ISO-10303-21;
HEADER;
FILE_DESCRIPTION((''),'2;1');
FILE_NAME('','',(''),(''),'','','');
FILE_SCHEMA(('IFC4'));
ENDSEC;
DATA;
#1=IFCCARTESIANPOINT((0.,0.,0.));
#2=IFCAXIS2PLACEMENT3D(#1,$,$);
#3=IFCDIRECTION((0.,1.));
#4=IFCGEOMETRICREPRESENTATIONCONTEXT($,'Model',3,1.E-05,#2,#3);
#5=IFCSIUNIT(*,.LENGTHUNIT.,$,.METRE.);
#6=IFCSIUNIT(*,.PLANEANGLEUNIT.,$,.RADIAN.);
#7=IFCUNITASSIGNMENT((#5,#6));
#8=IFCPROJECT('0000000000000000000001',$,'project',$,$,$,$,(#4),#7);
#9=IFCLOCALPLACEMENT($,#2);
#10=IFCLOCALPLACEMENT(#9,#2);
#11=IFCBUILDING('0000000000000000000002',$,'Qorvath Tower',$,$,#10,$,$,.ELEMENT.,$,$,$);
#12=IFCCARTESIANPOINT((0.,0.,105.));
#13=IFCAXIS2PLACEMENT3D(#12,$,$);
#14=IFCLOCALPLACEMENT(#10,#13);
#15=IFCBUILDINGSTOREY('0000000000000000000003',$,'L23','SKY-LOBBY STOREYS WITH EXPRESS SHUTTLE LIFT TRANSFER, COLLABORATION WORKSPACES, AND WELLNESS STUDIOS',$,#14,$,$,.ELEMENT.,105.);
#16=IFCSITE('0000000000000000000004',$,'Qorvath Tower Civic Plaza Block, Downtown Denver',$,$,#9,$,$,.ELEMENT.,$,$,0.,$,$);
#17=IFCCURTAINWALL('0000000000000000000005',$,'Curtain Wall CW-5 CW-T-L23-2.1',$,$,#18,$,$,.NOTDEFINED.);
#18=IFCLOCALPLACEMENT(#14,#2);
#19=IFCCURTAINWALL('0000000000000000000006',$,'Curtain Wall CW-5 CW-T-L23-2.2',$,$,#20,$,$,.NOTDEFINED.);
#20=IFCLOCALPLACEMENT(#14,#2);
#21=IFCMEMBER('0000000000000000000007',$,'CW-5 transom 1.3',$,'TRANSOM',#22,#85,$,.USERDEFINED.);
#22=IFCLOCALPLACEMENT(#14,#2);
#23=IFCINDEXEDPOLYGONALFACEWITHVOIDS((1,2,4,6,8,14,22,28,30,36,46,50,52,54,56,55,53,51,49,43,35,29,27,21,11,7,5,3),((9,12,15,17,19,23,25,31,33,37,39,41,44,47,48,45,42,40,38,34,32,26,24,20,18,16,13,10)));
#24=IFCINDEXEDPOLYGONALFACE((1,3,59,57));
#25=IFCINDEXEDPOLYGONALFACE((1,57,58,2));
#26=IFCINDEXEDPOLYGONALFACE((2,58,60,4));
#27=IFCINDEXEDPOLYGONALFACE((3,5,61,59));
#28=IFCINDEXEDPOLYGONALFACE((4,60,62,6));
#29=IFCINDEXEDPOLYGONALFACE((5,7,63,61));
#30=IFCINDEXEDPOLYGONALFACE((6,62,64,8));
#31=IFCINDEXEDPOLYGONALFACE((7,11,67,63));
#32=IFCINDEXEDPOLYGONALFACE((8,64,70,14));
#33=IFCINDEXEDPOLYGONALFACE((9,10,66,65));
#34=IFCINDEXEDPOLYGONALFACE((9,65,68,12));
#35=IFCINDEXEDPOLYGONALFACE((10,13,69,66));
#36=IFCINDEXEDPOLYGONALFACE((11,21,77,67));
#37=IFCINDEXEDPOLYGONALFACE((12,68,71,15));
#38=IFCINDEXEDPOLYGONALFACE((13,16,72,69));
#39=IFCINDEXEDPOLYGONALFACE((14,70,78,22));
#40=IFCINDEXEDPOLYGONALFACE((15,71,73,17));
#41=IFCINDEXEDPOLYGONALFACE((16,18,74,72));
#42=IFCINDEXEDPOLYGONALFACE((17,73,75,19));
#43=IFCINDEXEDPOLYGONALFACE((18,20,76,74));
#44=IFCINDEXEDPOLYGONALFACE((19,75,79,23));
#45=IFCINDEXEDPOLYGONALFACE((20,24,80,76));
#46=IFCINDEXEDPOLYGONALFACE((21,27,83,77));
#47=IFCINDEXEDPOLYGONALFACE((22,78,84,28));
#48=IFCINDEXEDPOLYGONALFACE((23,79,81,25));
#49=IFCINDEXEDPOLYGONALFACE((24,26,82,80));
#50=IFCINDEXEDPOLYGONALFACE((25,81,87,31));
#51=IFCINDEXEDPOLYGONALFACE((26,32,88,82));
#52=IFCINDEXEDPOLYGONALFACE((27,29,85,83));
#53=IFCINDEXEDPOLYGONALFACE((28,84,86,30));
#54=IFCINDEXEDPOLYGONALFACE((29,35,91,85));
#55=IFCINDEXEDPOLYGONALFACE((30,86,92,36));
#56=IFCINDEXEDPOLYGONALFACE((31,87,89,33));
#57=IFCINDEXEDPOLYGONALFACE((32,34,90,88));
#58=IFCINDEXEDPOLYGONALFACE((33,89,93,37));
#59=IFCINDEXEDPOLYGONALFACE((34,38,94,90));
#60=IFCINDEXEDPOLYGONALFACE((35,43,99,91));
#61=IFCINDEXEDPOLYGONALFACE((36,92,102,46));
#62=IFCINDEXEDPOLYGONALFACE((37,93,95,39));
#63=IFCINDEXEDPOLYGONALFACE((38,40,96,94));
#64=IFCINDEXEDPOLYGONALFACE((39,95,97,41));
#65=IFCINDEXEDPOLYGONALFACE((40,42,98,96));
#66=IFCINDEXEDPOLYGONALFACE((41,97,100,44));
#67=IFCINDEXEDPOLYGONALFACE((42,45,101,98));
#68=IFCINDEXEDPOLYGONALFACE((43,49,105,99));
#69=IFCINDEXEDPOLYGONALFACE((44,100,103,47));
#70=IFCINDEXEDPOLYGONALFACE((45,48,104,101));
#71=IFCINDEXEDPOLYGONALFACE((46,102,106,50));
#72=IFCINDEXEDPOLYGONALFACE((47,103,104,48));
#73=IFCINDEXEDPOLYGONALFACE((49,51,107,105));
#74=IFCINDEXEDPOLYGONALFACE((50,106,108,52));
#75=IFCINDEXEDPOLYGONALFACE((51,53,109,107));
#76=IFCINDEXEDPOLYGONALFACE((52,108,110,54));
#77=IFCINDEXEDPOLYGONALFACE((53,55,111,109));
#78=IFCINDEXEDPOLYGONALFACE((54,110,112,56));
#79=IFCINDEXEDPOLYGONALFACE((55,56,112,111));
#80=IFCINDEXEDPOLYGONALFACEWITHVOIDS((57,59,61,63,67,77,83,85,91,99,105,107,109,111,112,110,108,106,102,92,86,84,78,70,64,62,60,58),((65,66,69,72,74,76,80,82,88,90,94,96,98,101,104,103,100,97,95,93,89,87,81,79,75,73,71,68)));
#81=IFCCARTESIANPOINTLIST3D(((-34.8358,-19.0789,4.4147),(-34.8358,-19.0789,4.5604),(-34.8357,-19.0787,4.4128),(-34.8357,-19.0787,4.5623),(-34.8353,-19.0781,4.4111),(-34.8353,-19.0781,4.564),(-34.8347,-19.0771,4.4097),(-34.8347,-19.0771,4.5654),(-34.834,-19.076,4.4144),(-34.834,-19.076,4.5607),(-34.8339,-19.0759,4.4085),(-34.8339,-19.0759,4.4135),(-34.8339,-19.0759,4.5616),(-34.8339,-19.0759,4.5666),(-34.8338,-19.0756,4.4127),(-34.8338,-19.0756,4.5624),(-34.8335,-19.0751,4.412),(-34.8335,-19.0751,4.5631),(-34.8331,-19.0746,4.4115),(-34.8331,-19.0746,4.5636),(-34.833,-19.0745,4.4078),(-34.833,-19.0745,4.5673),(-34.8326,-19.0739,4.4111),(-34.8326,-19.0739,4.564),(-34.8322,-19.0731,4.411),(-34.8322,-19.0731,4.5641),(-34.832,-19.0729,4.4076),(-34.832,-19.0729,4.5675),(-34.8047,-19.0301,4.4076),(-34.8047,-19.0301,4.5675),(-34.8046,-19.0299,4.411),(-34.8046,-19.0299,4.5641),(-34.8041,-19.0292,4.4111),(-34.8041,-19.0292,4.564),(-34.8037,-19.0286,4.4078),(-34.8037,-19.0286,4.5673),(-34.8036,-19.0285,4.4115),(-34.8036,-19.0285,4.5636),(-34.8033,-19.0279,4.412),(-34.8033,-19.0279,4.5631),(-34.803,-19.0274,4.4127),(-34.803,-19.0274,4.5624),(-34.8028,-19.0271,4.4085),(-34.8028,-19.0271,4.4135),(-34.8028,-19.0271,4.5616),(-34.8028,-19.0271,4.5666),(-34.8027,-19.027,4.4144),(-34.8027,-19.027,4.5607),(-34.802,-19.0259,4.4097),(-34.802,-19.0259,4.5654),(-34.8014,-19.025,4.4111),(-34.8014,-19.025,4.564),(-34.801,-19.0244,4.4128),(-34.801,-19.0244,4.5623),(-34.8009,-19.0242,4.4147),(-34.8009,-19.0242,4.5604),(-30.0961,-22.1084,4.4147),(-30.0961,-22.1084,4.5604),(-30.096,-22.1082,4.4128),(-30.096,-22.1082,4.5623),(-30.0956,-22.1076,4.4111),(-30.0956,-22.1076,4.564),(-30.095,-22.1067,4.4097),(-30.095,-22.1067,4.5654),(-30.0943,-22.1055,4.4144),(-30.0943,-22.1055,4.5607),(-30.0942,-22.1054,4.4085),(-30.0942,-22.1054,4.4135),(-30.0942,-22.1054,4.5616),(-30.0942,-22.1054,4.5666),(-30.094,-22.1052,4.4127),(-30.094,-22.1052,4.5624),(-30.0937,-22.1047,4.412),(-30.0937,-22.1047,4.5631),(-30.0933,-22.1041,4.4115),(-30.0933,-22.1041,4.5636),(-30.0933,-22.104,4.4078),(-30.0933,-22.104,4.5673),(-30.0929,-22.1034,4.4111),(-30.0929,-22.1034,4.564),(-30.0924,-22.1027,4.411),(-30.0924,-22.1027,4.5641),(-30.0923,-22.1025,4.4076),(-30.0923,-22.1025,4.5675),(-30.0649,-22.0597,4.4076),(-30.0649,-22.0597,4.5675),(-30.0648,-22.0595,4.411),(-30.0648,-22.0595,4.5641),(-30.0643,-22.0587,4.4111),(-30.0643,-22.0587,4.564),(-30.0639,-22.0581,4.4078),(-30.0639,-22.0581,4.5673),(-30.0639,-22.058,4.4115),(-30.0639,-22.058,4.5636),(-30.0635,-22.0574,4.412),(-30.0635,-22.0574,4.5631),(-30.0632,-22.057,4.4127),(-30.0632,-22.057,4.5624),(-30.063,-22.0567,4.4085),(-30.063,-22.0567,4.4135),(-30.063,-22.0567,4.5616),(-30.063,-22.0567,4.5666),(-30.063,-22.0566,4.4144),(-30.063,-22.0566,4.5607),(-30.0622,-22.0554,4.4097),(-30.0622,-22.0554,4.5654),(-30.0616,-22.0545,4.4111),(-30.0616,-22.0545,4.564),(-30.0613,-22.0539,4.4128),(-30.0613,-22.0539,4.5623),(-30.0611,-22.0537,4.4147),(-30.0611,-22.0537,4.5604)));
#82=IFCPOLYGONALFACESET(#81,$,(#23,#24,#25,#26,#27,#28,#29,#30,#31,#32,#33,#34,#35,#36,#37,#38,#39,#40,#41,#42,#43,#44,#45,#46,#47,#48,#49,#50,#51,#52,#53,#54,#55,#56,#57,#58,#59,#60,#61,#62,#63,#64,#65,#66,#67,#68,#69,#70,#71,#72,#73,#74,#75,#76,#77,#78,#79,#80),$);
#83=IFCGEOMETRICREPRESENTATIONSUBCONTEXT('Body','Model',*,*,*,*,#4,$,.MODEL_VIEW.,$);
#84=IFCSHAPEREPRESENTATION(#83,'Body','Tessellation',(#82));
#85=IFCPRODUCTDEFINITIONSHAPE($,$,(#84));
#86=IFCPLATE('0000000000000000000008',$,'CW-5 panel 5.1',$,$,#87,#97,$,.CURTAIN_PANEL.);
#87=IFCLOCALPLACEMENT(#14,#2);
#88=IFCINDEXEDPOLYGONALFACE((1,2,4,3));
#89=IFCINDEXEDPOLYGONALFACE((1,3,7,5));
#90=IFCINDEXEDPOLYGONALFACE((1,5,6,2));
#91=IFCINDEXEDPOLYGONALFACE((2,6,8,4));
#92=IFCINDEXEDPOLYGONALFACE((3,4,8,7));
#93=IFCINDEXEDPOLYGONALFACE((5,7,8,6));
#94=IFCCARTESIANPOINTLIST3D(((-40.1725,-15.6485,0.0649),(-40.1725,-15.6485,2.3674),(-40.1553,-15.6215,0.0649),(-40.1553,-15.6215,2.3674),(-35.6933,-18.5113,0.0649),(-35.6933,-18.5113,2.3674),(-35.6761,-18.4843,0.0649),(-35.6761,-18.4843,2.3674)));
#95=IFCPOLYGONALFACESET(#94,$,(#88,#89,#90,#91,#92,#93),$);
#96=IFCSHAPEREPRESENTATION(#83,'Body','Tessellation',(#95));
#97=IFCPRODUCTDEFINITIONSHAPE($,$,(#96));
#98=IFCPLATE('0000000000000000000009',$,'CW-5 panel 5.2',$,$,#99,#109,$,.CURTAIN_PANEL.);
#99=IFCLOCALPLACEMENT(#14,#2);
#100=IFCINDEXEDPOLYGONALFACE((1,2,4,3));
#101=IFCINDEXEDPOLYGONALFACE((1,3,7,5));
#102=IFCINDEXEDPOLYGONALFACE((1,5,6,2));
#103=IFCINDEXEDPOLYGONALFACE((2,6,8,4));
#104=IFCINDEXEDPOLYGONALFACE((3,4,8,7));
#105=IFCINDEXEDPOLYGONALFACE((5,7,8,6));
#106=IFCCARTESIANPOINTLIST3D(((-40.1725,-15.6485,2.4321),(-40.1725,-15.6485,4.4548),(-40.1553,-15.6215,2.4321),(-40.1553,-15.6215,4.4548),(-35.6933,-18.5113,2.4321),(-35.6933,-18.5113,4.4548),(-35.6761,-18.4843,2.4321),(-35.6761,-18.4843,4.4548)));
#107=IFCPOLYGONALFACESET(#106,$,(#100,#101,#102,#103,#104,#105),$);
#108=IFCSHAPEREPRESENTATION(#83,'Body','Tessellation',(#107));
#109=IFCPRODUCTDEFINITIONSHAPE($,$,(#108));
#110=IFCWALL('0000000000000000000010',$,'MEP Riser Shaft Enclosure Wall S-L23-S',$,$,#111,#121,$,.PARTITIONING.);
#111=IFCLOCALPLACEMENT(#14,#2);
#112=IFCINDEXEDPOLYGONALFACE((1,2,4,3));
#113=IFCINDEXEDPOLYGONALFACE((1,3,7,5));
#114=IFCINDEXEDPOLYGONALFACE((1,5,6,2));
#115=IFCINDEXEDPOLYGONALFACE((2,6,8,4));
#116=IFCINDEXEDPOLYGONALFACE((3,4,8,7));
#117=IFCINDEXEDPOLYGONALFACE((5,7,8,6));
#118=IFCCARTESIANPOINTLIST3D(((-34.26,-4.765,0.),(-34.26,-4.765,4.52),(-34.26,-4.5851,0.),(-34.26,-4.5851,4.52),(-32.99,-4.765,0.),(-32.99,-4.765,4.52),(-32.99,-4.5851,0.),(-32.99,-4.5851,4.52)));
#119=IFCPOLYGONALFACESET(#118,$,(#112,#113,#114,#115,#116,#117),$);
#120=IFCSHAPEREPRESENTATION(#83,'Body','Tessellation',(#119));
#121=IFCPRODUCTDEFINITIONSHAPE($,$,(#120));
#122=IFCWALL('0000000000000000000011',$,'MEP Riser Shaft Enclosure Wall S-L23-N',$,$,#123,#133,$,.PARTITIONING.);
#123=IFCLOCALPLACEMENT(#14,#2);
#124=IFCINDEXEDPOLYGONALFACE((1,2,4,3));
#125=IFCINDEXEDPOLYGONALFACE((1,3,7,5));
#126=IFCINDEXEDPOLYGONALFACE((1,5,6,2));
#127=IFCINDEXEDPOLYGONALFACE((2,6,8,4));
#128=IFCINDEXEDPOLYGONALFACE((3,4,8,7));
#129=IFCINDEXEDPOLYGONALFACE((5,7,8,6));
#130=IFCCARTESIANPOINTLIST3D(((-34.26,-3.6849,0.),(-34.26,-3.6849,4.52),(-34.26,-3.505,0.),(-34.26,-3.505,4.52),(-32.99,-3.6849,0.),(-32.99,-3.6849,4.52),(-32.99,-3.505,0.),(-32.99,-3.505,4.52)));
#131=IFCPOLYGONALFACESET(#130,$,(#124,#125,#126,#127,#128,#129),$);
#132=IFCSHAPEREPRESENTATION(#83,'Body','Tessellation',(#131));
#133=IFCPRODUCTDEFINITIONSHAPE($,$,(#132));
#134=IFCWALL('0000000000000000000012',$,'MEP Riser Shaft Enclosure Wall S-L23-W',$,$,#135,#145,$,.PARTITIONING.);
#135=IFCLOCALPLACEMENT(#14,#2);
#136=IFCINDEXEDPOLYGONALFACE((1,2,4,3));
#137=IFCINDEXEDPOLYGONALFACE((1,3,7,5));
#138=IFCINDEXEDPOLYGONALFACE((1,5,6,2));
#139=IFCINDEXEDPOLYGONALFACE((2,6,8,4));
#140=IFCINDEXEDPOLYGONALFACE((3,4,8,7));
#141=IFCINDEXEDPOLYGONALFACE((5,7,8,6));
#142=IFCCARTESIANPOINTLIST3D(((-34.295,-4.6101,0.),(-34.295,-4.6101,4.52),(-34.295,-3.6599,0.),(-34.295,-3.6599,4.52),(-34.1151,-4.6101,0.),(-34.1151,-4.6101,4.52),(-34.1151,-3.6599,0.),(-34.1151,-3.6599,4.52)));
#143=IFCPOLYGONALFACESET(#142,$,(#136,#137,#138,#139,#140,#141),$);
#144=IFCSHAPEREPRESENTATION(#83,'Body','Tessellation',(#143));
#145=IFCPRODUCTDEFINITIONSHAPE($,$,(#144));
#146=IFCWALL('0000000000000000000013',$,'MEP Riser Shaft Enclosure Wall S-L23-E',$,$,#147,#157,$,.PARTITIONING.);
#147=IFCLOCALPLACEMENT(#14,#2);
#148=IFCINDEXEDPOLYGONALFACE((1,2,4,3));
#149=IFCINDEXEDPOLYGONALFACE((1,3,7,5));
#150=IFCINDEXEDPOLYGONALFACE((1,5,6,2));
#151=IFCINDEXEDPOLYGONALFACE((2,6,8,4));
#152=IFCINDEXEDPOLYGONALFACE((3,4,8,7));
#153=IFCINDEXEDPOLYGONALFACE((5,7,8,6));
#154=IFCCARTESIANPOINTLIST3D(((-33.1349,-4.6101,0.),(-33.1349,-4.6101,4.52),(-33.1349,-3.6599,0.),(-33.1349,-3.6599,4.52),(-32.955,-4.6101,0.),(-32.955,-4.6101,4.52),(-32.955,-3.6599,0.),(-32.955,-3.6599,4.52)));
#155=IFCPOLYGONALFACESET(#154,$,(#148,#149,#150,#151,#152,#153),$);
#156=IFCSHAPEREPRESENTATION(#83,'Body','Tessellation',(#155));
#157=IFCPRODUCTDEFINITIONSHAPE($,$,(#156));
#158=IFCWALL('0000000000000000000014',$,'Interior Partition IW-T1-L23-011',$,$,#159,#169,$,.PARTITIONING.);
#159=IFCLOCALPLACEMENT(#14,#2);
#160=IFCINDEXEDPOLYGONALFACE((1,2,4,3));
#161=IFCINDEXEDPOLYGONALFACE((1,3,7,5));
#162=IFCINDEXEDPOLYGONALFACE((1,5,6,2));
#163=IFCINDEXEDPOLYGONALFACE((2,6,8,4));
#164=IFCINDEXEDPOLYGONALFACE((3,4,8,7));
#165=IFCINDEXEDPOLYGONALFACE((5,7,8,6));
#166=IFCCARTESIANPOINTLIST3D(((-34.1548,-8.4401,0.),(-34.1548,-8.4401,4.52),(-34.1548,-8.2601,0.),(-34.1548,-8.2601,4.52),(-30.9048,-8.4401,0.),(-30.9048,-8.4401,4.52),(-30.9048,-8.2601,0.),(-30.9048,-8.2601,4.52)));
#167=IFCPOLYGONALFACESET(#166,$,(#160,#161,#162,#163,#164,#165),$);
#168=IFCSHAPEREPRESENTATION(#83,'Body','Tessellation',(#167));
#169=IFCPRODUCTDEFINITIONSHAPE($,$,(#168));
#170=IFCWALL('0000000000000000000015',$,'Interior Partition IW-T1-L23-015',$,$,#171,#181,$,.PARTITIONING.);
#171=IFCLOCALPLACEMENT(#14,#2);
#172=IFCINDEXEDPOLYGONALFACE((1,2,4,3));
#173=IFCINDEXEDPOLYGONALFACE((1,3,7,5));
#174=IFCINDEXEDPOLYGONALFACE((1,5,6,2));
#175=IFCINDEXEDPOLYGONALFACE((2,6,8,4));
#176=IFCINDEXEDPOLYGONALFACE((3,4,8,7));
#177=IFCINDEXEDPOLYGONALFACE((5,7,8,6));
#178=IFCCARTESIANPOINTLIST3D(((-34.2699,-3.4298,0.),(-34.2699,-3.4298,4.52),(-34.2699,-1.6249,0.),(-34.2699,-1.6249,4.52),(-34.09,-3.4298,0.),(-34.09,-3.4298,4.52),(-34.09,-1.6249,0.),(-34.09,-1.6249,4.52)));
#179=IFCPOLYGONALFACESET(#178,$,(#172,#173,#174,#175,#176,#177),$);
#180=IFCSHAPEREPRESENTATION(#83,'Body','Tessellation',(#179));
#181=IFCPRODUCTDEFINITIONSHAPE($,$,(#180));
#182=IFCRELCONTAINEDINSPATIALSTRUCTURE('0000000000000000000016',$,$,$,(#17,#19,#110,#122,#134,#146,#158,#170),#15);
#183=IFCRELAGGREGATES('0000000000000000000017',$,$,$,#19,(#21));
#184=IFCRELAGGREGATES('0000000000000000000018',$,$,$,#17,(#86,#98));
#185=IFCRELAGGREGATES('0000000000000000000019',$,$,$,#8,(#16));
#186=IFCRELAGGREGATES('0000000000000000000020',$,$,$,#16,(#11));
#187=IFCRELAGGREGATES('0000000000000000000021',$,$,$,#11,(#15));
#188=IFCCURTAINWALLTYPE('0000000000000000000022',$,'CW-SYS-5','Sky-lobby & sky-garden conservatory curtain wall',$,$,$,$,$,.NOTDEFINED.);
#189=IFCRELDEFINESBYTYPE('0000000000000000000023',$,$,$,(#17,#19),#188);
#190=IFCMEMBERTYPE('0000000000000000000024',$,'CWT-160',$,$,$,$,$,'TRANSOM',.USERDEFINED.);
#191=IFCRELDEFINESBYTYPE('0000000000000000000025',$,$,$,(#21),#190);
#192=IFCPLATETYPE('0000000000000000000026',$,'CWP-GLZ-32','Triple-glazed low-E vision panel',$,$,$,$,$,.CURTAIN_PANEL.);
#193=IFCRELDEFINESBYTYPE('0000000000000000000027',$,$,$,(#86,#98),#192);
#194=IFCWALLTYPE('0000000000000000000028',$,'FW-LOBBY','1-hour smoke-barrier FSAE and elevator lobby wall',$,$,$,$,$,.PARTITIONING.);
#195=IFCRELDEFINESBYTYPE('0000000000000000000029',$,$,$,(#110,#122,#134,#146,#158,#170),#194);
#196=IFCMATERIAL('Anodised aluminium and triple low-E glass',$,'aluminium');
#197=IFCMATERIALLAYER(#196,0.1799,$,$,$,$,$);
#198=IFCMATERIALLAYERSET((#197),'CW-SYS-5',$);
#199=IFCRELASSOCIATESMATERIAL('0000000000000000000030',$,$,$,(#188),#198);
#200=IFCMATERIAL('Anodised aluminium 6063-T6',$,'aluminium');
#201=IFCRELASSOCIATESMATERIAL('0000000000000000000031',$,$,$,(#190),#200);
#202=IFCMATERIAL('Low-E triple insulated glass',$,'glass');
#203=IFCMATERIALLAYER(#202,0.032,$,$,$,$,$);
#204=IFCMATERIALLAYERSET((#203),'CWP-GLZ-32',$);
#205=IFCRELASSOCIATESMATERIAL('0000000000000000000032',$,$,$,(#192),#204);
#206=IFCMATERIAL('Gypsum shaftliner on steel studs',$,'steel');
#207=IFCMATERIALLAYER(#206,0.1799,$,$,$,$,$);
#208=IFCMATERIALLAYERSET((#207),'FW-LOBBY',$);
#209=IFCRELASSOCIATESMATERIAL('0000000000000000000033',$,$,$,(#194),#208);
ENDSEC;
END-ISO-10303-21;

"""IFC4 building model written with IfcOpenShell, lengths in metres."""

from ifc_helpers import new_model, si_unit, direction, frame, frame_2d, origin, origin_2d, place, context, subcontext, project, spatial, rectangle, hollow_rectangle, extrude, material, layer, layer_set, material_profile, profile_set, type_object, element, aggregate, save


model = new_model("IFC4")

# Units and contexts
model_context = context("Model", 3, precision=1e-05, world=origin(), true_north=direction((0.0, 1.0)))
body_context = subcontext(model_context, "Body", "Model", "MODEL_VIEW")
ifc_project = project(units=[si_unit("LENGTHUNIT", "METRE"), si_unit("PLANEANGLEUNIT", "RADIAN")], contexts=[model_context])

# Site, building, storey
site_placement = place(None, origin())
site = spatial("IfcSite", under=ifc_project, at=site_placement, Name="Qorvath Tower Civic Plaza Block, Downtown Denver", CompositionType="ELEMENT", RefElevation=0.0)
building_placement = place(site_placement, origin())
building = spatial("IfcBuilding", under=site, at=building_placement, Name="Qorvath Tower", CompositionType="ELEMENT")
storey_placement = place(building_placement, frame((0.0, 0.0, 105.0)))
storey = spatial("IfcBuildingStorey", under=building, at=storey_placement, Name="L23", Description="SKY-LOBBY STOREYS WITH EXPRESS SHUTTLE LIFT TRANSFER, COLLABORATION WORKSPACES, AND WELLNESS STUDIOS", CompositionType="ELEMENT", Elevation=105.0)

# Curtain wall
ifc_material_1 = material(Name="Anodised aluminium and triple low-E glass", Category="aluminium")
ifc_layer_1 = layer(ifc_material_1, 0.1799)
ifc_layer_set_1 = layer_set([ifc_layer_1], Name="CW-SYS-5")
curtain_wall_type = type_object("IfcCurtainWallType", Name="CW-SYS-5", Description="Sky-lobby & sky-garden conservatory curtain wall", PredefinedType="NOTDEFINED", material=ifc_layer_set_1)
curtain_wall_1_placement = place(storey_placement, origin())
curtain_wall_1 = element("IfcCurtainWall", 1, at=curtain_wall_1_placement, inside=storey, type_object=curtain_wall_type, Name="Curtain Wall CW-5 CW-T-L23-2.1", PredefinedType="NOTDEFINED")

# Curtain wall
curtain_wall_2_placement = place(storey_placement, origin())
curtain_wall_2 = element("IfcCurtainWall", 2, at=curtain_wall_2_placement, inside=storey, type_object=curtain_wall_type, Name="Curtain Wall CW-5 CW-T-L23-2.2", PredefinedType="NOTDEFINED")

# Member
ifc_material_2 = material(Name="Anodised aluminium 6063-T6", Category="aluminium")
ifc_material_profile_1 = material_profile(ifc_material_2, hollow_rectangle(XDim=0.0649, YDim=0.1599, WallThickness=0.0034, InnerFilletRadius=0.0034, OuterFilletRadius=0.0071, at=origin_2d()), Name="CWT 160x65")
ifc_profile_set_1 = profile_set([ifc_material_profile_1], Name="Anodised aluminium 6063-T6")
member_type_1 = type_object("IfcMemberType", Name="CWT-160", ElementType="TRANSOM", PredefinedType="USERDEFINED", material=ifc_profile_set_1)
member_1_placement = place(storey_placement, frame((-34.8184, -19.0515, 4.4875), z_axis=(0.842586, -0.538562, 0.0), x_axis=(0.538562, 0.842586, 0.0)))
member_1 = element("IfcMember", 3, at=member_1_placement, type_object=member_type_1, Name="CW-5 transom 1.3", ObjectType="TRANSOM", PredefinedType="USERDEFINED", context=body_context, shape_type="SweptSolid", body=[
    extrude(hollow_rectangle(XDim=0.0649, YDim=0.1599, WallThickness=0.0034, InnerFilletRadius=0.0034, OuterFilletRadius=0.0071, at=origin_2d()), origin(), (0.0, 0.0, 1.0), 5.6252),
])
aggregate(curtain_wall_2, [member_1])

# Plates
ifc_material_3 = material(Name="Low-E triple insulated glass", Category="glass")
ifc_layer_2 = layer(ifc_material_3, 0.032)
ifc_layer_set_2 = layer_set([ifc_layer_2], Name="CWP-GLZ-32")
plate_type = type_object("IfcPlateType", Name="CWP-GLZ-32", Description="Triple-glazed low-E vision panel", PredefinedType="CURTAIN_PANEL", material=ifc_layer_set_2)
plate_1_placement = place(storey_placement, frame((-37.9243, -17.0664, 0.0649), z_axis=(0.0, 0.0, 1.0), x_axis=(0.842605, -0.538532, 0.0)))
plate_1 = element("IfcPlate", 4, at=plate_1_placement, type_object=plate_type, Name="CW-5 panel 5.1", PredefinedType="CURTAIN_PANEL", context=body_context, shape_type="SweptSolid", body=[
    extrude(rectangle(XDim=5.3159, YDim=0.032, at=origin_2d()), origin(), (0.0, 0.0, 1.0), 2.3025),
])
plate_2_placement = place(storey_placement, frame((-37.9243, -17.0664, 2.4321), z_axis=(0.0, 0.0, 1.0), x_axis=(0.842605, -0.538532, 0.0)))
plate_2 = element("IfcPlate", 5, at=plate_2_placement, type_object=plate_type, Name="CW-5 panel 5.2", PredefinedType="CURTAIN_PANEL", context=body_context, shape_type="SweptSolid", body=[
    extrude(rectangle(XDim=5.3159, YDim=0.032, at=origin_2d()), origin(), (0.0, 0.0, 1.0), 2.0227),
])
aggregate(curtain_wall_1, [plate_1, plate_2])

# Walls
ifc_material_4 = material(Name="Gypsum shaftliner on steel studs", Category="steel")
ifc_layer_3 = layer(ifc_material_4, 0.1799)
ifc_layer_set_3 = layer_set([ifc_layer_3], Name="FW-LOBBY")
wall_type_1 = type_object("IfcWallType", Name="FW-LOBBY", Description="1-hour smoke-barrier FSAE and elevator lobby wall", PredefinedType="PARTITIONING", material=ifc_layer_set_3)
for number, where, z_axis, x_axis, name in (
    (6, (-32.99, -4.675, 0.0), (0.0, 0.0, 1.0), (-1.0, 0.0, 0.0), "MEP Riser Shaft Enclosure Wall S-L23-S"),
    (7, (-34.26, -3.595, 0.0), (0.0, 0.0, 1.0), (1.0, 0.0, 0.0), "MEP Riser Shaft Enclosure Wall S-L23-N"),
):
    element("IfcWall", number, at=place(storey_placement, frame(where, z_axis=z_axis, x_axis=x_axis)), inside=storey, type_object=wall_type_1, Name=name, PredefinedType="PARTITIONING", context=body_context, shape_type="SweptSolid", body=[
        extrude(rectangle(XDim=1.27, YDim=0.1799, at=frame_2d((0.635, 0.0))), origin(), (0.0, 0.0, 1.0), 4.52),
    ])
for number, where, z_axis, x_axis, name in (
    (8, (-34.2051, -4.6101, 0.0), (0.0, 0.0, 1.0), (0.0, 1.0, 0.0), "MEP Riser Shaft Enclosure Wall S-L23-W"),
    (9, (-33.0449, -3.6599, 0.0), (0.0, 0.0, 1.0), (0.0, -1.0, 0.0), "MEP Riser Shaft Enclosure Wall S-L23-E"),
):
    element("IfcWall", number, at=place(storey_placement, frame(where, z_axis=z_axis, x_axis=x_axis)), inside=storey, type_object=wall_type_1, Name=name, PredefinedType="PARTITIONING", context=body_context, shape_type="SweptSolid", body=[
        extrude(rectangle(XDim=0.9502, YDim=0.1799, at=frame_2d((0.4751, 0.0))), origin(), (0.0, 0.0, 1.0), 4.52),
    ])
wall_1_placement = place(storey_placement, frame((-34.1548, -8.3501, 0.0), z_axis=(0.0, 0.0, 1.0), x_axis=(1.0, 0.0, 0.0)))
element("IfcWall", 10, at=wall_1_placement, inside=storey, type_object=wall_type_1, Name="Interior Partition IW-T1-L23-011", PredefinedType="PARTITIONING", context=body_context, shape_type="SweptSolid", body=[
    extrude(rectangle(XDim=3.25, YDim=0.1799, at=frame_2d((1.625, 0.0))), origin(), (0.0, 0.0, 1.0), 4.52),
])
wall_2_placement = place(storey_placement, frame((-34.1799, -1.625, 0.0), z_axis=(0.0, 0.0, 1.0), x_axis=(0.0, -1.0, 0.0)))
element("IfcWall", 11, at=wall_2_placement, inside=storey, type_object=wall_type_1, Name="Interior Partition IW-T1-L23-015", PredefinedType="PARTITIONING", context=body_context, shape_type="SweptSolid", body=[
    extrude(rectangle(XDim=1.8049, YDim=0.1799, at=frame_2d((0.9023, 0.0))), origin(), (0.0, 0.0, 1.0), 4.52),
])

save(model, "model.ifc")
